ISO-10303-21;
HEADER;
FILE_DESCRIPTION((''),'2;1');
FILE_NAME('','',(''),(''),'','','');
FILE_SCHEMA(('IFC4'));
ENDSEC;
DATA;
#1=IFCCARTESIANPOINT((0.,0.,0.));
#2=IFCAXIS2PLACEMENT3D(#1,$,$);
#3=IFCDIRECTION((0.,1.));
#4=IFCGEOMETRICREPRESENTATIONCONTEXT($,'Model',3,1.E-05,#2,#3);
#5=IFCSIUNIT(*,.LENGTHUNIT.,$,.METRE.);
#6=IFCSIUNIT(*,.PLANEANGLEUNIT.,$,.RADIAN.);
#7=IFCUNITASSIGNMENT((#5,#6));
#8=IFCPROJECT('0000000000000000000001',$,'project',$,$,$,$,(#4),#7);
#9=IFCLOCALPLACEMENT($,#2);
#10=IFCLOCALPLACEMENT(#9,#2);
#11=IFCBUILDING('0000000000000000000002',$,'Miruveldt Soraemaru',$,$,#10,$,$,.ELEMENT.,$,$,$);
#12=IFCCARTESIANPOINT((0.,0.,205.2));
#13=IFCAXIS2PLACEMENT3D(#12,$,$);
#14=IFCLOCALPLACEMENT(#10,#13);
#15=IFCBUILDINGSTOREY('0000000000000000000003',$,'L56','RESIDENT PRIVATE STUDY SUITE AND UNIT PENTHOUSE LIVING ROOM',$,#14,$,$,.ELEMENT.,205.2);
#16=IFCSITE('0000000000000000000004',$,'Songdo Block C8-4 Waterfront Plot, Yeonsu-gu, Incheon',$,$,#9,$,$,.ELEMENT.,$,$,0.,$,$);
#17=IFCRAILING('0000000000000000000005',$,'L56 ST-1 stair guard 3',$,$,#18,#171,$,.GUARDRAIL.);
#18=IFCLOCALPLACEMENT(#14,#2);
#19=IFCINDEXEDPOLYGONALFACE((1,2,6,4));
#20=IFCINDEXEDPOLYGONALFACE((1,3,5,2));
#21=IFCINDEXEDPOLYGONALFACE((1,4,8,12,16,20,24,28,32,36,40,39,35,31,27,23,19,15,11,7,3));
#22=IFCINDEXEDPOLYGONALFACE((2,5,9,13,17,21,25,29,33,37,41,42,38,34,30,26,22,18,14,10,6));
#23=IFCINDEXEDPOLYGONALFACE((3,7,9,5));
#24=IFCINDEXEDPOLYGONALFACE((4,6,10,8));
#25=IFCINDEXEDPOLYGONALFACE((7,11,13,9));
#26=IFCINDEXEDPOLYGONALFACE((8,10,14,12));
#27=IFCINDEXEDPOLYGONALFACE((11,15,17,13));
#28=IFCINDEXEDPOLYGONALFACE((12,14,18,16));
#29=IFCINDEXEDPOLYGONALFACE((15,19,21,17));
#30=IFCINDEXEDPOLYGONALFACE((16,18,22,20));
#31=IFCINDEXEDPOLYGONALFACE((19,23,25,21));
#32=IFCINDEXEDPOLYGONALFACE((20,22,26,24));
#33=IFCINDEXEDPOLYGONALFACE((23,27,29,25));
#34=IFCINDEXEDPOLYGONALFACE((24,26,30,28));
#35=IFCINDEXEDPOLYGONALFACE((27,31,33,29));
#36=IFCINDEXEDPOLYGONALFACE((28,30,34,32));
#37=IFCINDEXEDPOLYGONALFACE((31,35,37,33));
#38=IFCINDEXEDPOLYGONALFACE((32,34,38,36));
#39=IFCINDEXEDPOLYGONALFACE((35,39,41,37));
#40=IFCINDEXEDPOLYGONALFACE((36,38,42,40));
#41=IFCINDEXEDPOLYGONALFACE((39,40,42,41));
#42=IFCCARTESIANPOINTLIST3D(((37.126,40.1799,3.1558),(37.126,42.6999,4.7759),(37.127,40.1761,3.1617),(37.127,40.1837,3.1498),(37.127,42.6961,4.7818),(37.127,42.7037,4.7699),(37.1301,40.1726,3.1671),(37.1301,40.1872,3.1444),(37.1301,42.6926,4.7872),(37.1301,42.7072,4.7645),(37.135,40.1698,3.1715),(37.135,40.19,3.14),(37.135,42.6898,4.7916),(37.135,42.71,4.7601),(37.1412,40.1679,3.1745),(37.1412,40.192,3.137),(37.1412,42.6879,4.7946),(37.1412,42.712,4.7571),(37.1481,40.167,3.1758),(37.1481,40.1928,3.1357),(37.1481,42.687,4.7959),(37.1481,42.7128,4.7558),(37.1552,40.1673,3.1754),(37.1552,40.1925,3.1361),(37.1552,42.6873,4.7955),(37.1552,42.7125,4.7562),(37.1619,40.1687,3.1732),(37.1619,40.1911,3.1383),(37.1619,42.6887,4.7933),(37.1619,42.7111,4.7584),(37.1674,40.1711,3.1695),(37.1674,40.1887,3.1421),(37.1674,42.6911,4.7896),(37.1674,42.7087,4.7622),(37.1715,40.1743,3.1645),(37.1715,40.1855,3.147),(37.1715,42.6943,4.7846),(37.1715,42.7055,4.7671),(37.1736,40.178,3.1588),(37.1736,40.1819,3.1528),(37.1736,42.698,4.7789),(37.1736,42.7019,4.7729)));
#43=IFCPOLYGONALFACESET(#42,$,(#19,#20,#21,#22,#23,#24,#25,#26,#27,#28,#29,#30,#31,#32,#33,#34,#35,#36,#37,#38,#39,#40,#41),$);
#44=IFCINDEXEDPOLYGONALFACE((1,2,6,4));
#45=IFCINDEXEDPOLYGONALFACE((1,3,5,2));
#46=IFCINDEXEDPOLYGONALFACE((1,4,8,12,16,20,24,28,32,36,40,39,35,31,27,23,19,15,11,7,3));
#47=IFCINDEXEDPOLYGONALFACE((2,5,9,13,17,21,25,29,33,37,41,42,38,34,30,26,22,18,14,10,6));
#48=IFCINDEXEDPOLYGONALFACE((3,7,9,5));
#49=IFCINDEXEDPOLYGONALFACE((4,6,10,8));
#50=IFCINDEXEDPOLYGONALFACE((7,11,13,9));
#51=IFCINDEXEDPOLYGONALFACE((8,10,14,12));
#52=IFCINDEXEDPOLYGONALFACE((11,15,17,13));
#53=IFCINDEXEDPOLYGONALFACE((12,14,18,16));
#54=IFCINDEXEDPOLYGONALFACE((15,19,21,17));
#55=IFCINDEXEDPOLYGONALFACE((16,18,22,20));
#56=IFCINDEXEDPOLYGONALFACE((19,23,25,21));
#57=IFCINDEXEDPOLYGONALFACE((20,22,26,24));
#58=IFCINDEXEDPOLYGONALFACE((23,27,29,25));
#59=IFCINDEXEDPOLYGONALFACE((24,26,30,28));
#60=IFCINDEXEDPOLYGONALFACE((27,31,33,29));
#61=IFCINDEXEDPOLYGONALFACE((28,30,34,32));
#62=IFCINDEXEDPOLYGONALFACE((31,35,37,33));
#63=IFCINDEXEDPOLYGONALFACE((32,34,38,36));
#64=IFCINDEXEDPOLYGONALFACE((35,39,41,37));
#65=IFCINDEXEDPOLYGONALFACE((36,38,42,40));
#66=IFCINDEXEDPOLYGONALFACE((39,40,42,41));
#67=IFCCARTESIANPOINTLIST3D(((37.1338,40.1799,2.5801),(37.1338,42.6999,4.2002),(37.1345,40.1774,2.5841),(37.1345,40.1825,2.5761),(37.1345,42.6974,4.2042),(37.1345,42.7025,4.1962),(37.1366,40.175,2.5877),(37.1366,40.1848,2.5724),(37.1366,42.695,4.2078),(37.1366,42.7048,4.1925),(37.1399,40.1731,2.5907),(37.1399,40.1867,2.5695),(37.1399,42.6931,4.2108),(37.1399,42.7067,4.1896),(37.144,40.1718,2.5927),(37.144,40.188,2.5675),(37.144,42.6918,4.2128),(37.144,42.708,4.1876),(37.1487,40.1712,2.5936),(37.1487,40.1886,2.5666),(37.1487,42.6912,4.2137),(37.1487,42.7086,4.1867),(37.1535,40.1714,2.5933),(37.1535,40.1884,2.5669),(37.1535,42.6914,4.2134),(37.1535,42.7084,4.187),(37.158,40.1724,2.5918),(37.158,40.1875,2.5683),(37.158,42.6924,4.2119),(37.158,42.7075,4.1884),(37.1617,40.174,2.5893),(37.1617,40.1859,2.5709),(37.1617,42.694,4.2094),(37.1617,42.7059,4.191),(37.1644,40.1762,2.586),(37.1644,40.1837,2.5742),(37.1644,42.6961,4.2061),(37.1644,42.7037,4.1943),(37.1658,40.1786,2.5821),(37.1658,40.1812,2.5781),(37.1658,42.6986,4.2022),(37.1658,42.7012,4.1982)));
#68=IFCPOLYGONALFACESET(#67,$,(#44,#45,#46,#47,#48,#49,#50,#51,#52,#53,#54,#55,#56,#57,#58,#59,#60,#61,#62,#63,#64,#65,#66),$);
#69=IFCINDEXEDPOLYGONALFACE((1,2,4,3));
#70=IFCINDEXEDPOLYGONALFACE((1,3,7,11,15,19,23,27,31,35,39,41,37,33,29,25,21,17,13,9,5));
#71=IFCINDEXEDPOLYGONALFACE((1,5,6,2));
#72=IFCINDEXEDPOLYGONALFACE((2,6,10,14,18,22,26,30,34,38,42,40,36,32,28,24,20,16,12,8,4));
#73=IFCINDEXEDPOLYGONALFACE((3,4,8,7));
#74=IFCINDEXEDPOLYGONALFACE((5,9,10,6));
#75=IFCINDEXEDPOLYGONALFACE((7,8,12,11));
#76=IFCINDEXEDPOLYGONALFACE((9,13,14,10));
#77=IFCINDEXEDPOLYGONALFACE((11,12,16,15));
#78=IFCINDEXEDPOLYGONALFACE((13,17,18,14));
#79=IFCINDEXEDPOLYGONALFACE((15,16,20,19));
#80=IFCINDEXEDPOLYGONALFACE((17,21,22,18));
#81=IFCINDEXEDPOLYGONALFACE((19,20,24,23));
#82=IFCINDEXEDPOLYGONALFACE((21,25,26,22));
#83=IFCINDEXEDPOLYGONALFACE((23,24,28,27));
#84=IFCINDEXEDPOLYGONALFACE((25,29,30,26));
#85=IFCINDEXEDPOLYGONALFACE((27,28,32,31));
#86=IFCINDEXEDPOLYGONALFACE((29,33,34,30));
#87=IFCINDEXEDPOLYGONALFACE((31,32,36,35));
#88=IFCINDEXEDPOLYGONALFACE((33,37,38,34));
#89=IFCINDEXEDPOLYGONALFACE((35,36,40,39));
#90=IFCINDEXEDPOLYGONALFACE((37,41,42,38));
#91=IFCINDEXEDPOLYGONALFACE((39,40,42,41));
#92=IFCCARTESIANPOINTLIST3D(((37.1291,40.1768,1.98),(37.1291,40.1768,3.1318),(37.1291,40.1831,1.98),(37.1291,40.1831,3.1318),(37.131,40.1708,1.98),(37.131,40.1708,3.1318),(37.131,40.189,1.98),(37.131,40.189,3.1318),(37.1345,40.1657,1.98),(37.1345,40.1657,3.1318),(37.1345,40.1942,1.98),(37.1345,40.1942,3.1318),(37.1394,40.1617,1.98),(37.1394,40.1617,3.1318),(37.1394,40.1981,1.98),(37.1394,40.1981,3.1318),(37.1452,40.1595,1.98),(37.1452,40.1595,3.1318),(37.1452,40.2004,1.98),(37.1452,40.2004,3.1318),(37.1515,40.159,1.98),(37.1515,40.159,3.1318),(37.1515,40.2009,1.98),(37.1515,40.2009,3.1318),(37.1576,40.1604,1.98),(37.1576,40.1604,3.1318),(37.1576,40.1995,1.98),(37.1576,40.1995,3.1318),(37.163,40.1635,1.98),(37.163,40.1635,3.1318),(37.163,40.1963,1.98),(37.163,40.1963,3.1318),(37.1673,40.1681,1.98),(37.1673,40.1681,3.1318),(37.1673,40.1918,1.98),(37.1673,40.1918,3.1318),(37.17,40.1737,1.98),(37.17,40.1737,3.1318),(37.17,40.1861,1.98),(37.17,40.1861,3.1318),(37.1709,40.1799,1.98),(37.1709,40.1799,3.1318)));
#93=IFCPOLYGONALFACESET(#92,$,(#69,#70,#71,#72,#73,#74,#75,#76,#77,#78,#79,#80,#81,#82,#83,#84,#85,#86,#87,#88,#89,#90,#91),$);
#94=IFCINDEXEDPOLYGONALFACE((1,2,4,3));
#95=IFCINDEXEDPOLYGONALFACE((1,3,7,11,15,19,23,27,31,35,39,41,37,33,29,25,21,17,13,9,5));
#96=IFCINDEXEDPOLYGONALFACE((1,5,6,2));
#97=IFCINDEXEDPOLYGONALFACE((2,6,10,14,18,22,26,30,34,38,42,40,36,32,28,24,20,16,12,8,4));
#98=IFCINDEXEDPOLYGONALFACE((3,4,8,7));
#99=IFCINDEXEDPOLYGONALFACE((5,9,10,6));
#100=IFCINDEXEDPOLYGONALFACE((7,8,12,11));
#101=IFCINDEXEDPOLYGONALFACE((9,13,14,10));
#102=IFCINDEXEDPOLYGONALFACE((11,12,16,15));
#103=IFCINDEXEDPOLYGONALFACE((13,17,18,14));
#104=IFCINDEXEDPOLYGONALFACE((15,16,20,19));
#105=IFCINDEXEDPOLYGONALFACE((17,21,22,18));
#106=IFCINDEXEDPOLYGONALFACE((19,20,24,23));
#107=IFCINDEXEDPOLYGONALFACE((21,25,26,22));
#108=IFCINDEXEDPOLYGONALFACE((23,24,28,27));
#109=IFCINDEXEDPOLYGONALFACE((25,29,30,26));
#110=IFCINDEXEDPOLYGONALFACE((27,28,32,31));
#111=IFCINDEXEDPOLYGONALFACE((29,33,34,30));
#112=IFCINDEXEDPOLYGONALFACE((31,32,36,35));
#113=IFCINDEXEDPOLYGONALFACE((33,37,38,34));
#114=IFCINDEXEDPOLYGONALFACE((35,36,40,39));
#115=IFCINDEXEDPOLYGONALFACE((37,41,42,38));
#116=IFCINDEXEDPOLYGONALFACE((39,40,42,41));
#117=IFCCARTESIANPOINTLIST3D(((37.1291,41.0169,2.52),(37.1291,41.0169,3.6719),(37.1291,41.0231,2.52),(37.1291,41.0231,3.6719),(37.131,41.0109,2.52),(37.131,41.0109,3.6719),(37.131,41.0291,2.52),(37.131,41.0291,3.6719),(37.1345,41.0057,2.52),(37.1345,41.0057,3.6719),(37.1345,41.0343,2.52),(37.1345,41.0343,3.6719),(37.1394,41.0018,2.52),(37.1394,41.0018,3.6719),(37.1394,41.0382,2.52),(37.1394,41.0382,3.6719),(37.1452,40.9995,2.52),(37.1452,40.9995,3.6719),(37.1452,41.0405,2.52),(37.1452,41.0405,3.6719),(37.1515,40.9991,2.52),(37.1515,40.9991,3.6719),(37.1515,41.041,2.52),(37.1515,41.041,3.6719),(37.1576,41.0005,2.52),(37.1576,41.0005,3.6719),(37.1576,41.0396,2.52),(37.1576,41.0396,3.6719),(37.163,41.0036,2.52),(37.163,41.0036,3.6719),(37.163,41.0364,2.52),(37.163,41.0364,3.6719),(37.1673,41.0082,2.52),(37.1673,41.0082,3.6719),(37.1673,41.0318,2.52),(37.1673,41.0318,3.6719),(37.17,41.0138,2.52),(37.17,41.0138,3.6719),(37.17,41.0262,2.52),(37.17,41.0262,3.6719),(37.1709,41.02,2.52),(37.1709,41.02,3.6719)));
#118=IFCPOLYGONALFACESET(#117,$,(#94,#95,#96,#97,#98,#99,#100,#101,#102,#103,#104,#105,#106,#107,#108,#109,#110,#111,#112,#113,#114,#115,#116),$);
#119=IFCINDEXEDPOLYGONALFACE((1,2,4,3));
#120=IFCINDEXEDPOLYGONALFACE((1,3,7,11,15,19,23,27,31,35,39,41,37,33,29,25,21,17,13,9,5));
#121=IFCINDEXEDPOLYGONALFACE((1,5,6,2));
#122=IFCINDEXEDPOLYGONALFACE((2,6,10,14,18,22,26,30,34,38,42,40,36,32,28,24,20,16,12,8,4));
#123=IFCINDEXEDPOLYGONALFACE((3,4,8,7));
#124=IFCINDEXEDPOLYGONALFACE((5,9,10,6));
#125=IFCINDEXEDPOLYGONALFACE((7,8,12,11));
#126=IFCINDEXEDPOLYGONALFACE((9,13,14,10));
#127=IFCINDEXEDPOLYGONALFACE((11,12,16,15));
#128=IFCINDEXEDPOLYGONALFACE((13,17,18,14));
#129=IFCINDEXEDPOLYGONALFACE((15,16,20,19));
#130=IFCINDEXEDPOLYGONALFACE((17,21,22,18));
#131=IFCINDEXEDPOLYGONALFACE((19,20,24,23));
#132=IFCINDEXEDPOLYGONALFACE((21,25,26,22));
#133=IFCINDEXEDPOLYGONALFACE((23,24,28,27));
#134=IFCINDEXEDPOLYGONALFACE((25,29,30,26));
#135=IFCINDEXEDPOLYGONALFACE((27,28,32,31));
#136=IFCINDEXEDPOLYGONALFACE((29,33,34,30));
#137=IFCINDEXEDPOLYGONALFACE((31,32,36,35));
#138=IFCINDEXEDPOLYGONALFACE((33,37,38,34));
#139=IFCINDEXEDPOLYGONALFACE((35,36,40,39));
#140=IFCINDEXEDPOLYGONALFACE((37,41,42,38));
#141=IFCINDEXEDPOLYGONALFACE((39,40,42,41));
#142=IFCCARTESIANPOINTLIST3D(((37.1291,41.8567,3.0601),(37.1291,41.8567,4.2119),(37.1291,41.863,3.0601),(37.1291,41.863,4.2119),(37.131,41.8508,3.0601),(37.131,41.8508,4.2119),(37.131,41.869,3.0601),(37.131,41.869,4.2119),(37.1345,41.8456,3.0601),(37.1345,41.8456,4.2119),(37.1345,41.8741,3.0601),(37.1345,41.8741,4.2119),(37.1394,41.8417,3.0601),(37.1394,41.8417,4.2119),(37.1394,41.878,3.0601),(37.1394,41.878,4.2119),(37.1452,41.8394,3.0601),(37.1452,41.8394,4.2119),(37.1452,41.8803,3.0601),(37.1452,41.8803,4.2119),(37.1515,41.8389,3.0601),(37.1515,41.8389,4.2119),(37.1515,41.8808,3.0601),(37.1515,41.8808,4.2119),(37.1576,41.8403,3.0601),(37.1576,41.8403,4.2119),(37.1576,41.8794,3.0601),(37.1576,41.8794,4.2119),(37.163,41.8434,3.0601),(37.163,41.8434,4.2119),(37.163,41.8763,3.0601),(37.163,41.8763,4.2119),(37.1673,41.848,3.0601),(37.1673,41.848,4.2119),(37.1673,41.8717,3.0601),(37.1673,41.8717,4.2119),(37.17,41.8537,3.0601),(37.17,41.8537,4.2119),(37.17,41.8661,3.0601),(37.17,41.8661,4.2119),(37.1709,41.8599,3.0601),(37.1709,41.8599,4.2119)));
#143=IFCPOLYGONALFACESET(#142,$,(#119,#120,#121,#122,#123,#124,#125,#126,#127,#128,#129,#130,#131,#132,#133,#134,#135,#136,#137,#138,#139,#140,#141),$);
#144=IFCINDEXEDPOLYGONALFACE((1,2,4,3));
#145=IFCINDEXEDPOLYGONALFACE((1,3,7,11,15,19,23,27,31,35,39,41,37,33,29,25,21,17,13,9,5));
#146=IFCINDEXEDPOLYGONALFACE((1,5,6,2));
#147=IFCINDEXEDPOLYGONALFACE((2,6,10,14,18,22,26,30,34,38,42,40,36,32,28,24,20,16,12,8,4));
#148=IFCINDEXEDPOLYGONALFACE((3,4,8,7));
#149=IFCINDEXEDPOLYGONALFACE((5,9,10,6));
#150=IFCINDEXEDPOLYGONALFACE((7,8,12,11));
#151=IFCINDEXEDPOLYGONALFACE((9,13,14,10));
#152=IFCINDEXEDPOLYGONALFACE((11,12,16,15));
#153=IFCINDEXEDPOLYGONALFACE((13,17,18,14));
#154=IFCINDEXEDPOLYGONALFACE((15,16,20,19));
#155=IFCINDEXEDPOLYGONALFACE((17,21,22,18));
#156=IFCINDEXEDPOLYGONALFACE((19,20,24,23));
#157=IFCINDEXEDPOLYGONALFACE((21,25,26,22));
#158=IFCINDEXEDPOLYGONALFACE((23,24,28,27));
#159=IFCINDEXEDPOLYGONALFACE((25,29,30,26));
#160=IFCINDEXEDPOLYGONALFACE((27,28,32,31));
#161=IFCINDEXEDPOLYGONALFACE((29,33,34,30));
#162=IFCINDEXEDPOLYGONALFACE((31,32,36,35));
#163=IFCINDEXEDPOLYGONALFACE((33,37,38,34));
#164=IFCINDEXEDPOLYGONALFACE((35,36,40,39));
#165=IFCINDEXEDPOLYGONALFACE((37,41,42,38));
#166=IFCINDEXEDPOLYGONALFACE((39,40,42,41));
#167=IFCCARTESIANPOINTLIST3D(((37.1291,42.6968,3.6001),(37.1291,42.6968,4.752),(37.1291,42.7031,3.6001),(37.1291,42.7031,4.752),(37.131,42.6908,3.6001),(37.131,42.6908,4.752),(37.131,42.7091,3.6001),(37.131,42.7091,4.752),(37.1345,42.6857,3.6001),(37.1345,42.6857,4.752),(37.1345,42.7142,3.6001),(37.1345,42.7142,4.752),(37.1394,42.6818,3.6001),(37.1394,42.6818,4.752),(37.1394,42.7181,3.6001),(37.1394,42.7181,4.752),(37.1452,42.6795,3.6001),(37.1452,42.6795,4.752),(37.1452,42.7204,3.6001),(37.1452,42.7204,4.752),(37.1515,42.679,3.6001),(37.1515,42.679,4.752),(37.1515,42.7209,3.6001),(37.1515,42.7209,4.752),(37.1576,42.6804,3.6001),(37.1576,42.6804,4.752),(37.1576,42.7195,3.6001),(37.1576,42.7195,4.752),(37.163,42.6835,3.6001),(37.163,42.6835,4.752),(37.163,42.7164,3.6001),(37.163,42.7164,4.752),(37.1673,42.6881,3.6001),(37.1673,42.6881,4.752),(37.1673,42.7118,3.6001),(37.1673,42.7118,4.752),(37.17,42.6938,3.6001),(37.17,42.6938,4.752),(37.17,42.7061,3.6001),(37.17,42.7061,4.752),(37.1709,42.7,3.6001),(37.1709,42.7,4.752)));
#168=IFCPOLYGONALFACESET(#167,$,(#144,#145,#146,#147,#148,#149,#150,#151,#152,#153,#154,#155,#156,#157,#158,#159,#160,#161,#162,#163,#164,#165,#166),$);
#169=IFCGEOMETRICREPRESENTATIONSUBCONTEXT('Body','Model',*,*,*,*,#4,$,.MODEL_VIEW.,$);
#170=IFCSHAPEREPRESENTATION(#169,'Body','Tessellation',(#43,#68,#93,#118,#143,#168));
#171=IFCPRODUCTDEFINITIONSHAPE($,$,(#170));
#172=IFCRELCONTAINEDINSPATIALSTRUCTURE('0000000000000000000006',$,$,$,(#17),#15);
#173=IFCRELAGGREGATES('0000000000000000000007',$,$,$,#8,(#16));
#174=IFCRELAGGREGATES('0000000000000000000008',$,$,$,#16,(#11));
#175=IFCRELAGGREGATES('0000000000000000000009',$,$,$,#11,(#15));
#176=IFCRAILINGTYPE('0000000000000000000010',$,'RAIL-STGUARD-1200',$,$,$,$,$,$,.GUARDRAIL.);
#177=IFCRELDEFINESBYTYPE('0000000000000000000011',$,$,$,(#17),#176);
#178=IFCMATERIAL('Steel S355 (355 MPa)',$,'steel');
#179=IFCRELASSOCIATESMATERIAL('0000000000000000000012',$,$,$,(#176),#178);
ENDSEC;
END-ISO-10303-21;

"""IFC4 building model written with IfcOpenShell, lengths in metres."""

from ifc_helpers import new_model, si_unit, direction, frame, origin, origin_2d, place, context, subcontext, project, spatial, circle, extrude, material, type_object, element, save


model = new_model("IFC4")

# Units and contexts
model_context = context("Model", 3, precision=1e-05, world=origin(), true_north=direction((0.0, 1.0)))
body_context = subcontext(model_context, "Body", "Model", "MODEL_VIEW")
ifc_project = project(units=[si_unit("LENGTHUNIT", "METRE"), si_unit("PLANEANGLEUNIT", "RADIAN")], contexts=[model_context])

# Site, building, storey
site_placement = place(None, origin())
site = spatial("IfcSite", under=ifc_project, at=site_placement, Name="Songdo Block C8-4 Waterfront Plot, Yeonsu-gu, Incheon", CompositionType="ELEMENT", RefElevation=0.0)
building_placement = place(site_placement, origin())
building = spatial("IfcBuilding", under=site, at=building_placement, Name="Miruveldt Soraemaru", CompositionType="ELEMENT")
storey_placement = place(building_placement, frame((0.0, 0.0, 205.2)))
storey = spatial("IfcBuildingStorey", under=building, at=storey_placement, Name="L56", Description="RESIDENT PRIVATE STUDY SUITE AND UNIT PENTHOUSE LIVING ROOM", CompositionType="ELEMENT", Elevation=205.2)

# Railing
ifc_material_1 = material(Name="Steel S355 (355 MPa)", Category="steel")
railing_type_1 = type_object("IfcRailingType", Name="RAIL-STGUARD-1200", PredefinedType="GUARDRAIL", material=ifc_material_1)
railing_1_placement = place(storey_placement, frame((37.1499, 40.1799, 1.98)))
element("IfcRailing", 1, at=railing_1_placement, inside=storey, type_object=railing_type_1, Name="L56 ST-1 stair guard 3", PredefinedType="GUARDRAIL", context=body_context, shape_type="SweptSolid", body=[
    extrude(circle(Radius=0.0239, at=origin_2d()), frame((0.0, 0.0, 1.1758), z_axis=(0.0, 0.841163, 0.540782), x_axis=(-1.0, 0.0, 0.0)), (0.0, 0.0, 1.0), 2.9958),
    extrude(circle(Radius=0.0161, at=origin_2d()), frame((0.0, 0.0, 0.6001), z_axis=(0.0, 0.841163, 0.540782), x_axis=(-1.0, 0.0, 0.0)), (0.0, 0.0, 1.0), 2.9958),
    extrude(circle(Radius=0.021, at=origin_2d()), origin(), (0.0, 0.0, 1.0), 1.1519),
    extrude(circle(Radius=0.021, at=origin_2d()), frame((0.0, 0.8401, 0.54)), (0.0, 0.0, 1.0), 1.1519),
    extrude(circle(Radius=0.021, at=origin_2d()), frame((0.0, 1.6799, 1.0801)), (0.0, 0.0, 1.0), 1.1519),
    extrude(circle(Radius=0.021, at=origin_2d()), frame((0.0, 2.52, 1.6201)), (0.0, 0.0, 1.0), 1.1519),
])

save(model, "model.ifc")
